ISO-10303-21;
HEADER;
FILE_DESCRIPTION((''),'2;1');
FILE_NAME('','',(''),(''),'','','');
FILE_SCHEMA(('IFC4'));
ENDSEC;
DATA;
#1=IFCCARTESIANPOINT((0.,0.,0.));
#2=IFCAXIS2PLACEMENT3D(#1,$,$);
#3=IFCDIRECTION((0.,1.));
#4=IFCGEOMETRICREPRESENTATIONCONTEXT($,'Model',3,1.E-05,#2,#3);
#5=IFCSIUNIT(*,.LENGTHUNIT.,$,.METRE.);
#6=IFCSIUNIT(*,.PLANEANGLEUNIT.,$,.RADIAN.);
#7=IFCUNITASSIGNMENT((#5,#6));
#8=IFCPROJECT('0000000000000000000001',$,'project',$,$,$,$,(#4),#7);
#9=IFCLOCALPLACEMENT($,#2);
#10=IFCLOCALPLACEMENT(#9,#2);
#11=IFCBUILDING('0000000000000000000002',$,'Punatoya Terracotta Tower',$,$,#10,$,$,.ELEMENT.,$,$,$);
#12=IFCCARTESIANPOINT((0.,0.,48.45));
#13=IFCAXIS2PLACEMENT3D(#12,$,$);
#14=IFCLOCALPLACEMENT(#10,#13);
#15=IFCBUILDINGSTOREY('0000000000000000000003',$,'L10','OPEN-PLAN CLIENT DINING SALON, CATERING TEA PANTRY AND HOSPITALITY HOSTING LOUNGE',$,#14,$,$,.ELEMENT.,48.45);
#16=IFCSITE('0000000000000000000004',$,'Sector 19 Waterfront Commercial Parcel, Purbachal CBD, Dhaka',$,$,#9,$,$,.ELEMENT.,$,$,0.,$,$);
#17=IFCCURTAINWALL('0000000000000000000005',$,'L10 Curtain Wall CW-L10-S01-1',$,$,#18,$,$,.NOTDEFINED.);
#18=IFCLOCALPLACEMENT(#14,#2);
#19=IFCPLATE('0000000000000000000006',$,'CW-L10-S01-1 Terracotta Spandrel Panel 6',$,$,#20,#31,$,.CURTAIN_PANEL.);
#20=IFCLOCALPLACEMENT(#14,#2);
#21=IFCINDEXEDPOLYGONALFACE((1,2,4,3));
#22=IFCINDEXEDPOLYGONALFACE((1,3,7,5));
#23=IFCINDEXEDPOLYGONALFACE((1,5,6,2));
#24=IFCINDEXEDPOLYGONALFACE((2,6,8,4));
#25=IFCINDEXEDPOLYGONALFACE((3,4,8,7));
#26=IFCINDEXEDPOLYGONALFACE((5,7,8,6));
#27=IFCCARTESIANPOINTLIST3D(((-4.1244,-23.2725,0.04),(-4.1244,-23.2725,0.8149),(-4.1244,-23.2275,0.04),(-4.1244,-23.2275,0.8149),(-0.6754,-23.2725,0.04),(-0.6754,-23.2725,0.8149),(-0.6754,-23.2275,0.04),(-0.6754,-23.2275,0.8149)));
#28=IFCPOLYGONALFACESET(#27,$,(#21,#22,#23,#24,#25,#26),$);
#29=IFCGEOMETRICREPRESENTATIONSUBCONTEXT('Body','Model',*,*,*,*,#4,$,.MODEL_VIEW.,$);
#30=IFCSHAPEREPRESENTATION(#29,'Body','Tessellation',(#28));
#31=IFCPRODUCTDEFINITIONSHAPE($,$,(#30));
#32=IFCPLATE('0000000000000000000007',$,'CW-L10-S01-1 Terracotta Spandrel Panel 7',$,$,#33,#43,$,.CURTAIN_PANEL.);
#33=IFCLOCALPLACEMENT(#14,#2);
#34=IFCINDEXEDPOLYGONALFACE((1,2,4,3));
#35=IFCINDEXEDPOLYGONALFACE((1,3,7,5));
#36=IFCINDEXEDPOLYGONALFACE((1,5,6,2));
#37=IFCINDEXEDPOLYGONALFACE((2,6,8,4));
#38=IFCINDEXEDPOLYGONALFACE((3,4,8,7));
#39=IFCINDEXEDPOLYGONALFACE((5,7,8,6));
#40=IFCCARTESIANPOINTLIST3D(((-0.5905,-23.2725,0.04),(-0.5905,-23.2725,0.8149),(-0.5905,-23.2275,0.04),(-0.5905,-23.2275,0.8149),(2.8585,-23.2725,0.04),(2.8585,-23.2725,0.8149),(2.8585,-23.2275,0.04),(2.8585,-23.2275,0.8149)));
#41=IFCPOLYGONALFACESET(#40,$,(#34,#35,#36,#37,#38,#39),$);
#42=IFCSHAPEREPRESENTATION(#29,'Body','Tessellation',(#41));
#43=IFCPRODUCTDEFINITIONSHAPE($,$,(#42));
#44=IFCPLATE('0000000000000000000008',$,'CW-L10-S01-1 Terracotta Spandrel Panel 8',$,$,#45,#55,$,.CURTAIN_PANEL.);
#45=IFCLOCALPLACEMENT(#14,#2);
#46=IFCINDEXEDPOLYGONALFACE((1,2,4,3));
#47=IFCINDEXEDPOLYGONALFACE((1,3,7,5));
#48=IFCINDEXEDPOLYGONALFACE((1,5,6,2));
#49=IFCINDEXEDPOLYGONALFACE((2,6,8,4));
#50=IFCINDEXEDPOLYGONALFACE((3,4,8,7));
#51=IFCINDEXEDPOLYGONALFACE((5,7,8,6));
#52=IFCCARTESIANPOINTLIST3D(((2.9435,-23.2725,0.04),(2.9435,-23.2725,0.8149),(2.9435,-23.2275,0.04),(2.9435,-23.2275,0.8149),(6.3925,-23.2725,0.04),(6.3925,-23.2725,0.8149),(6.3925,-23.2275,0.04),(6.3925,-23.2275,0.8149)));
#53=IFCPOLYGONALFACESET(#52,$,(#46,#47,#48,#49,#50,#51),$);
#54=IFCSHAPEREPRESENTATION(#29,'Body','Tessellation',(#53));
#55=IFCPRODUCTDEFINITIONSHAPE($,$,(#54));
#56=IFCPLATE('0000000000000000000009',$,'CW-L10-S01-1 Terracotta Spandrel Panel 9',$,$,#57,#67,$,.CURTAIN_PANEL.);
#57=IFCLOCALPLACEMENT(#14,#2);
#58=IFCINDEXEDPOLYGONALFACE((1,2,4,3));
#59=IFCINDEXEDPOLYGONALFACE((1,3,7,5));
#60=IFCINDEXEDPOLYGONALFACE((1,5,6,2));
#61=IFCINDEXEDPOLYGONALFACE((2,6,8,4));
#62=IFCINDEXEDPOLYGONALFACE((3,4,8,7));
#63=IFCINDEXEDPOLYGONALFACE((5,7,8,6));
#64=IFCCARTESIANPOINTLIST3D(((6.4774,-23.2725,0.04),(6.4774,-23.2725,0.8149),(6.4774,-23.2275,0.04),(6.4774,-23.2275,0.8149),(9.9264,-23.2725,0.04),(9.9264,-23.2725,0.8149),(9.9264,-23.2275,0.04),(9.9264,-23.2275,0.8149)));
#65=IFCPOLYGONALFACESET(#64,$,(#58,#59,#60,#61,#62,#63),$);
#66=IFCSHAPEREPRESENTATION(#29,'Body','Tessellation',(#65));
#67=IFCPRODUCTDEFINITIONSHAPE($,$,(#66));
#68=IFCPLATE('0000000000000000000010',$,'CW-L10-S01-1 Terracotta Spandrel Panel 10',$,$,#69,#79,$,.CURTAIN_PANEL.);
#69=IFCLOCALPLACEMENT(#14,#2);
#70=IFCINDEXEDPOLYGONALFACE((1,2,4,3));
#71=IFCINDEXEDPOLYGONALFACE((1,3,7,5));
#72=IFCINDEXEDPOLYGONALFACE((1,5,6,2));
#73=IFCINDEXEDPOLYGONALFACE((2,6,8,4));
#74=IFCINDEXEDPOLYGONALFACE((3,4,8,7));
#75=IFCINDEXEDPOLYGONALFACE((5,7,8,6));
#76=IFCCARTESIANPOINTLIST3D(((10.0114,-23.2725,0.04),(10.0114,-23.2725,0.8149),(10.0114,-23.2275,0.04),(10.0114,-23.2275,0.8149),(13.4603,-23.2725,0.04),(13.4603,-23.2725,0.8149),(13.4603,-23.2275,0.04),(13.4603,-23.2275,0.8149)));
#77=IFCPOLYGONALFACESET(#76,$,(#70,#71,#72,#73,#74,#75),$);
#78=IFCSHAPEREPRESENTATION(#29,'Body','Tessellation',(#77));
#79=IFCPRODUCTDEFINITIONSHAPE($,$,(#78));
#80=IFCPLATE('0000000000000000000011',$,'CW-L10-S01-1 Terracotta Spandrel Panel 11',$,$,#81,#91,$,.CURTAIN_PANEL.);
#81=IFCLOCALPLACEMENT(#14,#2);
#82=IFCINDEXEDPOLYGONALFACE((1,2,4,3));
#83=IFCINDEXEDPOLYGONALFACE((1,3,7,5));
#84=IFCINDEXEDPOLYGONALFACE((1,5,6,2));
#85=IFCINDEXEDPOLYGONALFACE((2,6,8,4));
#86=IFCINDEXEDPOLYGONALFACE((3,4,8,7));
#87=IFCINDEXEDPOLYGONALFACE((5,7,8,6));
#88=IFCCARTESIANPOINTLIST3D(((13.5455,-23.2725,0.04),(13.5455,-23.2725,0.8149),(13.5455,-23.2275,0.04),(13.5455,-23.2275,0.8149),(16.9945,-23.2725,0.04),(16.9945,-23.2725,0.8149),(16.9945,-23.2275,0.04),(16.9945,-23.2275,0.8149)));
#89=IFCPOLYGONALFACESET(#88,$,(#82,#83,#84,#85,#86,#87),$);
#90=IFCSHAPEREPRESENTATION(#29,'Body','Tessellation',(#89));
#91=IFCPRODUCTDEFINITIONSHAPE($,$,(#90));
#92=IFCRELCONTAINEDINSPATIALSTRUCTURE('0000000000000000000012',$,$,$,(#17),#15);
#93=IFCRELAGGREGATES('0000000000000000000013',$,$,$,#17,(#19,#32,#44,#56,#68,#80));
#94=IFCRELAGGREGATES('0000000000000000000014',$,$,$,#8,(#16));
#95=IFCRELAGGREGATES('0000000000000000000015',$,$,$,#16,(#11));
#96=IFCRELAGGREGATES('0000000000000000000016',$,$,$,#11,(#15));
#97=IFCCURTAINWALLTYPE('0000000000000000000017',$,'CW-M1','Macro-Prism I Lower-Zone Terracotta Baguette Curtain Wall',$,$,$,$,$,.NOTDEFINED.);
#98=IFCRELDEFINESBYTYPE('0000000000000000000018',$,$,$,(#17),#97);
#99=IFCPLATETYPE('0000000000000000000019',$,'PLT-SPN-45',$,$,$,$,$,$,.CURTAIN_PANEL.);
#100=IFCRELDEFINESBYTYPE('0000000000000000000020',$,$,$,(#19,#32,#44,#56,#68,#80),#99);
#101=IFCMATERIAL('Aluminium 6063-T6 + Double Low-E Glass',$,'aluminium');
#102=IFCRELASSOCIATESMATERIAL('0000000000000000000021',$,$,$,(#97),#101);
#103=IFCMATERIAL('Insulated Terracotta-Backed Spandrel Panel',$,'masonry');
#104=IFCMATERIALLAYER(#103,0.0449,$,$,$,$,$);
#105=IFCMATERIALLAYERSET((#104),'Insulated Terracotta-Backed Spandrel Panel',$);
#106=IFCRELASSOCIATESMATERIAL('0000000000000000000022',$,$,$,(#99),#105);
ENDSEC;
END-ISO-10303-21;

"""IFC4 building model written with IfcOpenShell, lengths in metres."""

from ifc_helpers import new_model, si_unit, direction, frame, origin, origin_2d, place, context, subcontext, project, spatial, rectangle, extrude, material, layer, layer_set, type_object, element, aggregate, save


model = new_model("IFC4")

# Units and contexts
model_context = context("Model", 3, precision=1e-05, world=origin(), true_north=direction((0.0, 1.0)))
body_context = subcontext(model_context, "Body", "Model", "MODEL_VIEW")
ifc_project = project(units=[si_unit("LENGTHUNIT", "METRE"), si_unit("PLANEANGLEUNIT", "RADIAN")], contexts=[model_context])

# Site, building, storey
site_placement = place(None, origin())
site = spatial("IfcSite", under=ifc_project, at=site_placement, Name="Sector 19 Waterfront Commercial Parcel, Purbachal CBD, Dhaka", CompositionType="ELEMENT", RefElevation=0.0)
building_placement = place(site_placement, origin())
building = spatial("IfcBuilding", under=site, at=building_placement, Name="Punatoya Terracotta Tower", CompositionType="ELEMENT")
storey_placement = place(building_placement, frame((0.0, 0.0, 48.45)))
storey = spatial("IfcBuildingStorey", under=building, at=storey_placement, Name="L10", Description="OPEN-PLAN CLIENT DINING SALON, CATERING TEA PANTRY AND HOSPITALITY HOSTING LOUNGE", CompositionType="ELEMENT", Elevation=48.45)

# Curtain wall
ifc_material_1 = material(Name="Aluminium 6063-T6 + Double Low-E Glass", Category="aluminium")
curtain_wall_type = type_object("IfcCurtainWallType", Name="CW-M1", Description="Macro-Prism I Lower-Zone Terracotta Baguette Curtain Wall", PredefinedType="NOTDEFINED", material=ifc_material_1)
curtain_wall_1_placement = place(storey_placement, origin())
curtain_wall_1 = element("IfcCurtainWall", 1, at=curtain_wall_1_placement, inside=storey, type_object=curtain_wall_type, Name="L10 Curtain Wall CW-L10-S01-1", PredefinedType="NOTDEFINED")

# Plates
ifc_material_2 = material(Name="Insulated Terracotta-Backed Spandrel Panel", Category="masonry")
ifc_layer_1 = layer(ifc_material_2, 0.0449)
ifc_layer_set_1 = layer_set([ifc_layer_1], Name="Insulated Terracotta-Backed Spandrel Panel")
plate_type_1 = type_object("IfcPlateType", Name="PLT-SPN-45", PredefinedType="CURTAIN_PANEL", material=ifc_layer_set_1)
plate_1_placement = place(storey_placement, frame((-2.3999, -23.25, 0.04), z_axis=(0.0, 0.0, 1.0), x_axis=(1.0, 0.0, 0.0)))
plate_1 = element("IfcPlate", 2, at=plate_1_placement, type_object=plate_type_1, Name="CW-L10-S01-1 Terracotta Spandrel Panel 6", PredefinedType="CURTAIN_PANEL", context=body_context, shape_type="SweptSolid", body=[
    extrude(rectangle(XDim=3.449, YDim=0.0449, at=origin_2d()), origin(), (0.0, 0.0, 1.0), 0.7749),
])
plate_2_placement = place(storey_placement, frame((1.134, -23.25, 0.04), z_axis=(0.0, 0.0, 1.0), x_axis=(1.0, 0.0, 0.0)))
plate_2 = element("IfcPlate", 3, at=plate_2_placement, type_object=plate_type_1, Name="CW-L10-S01-1 Terracotta Spandrel Panel 7", PredefinedType="CURTAIN_PANEL", context=body_context, shape_type="SweptSolid", body=[
    extrude(rectangle(XDim=3.449, YDim=0.0449, at=origin_2d()), origin(), (0.0, 0.0, 1.0), 0.7749),
])
plate_3_placement = place(storey_placement, frame((4.668, -23.25, 0.04), z_axis=(0.0, 0.0, 1.0), x_axis=(1.0, 0.0, 0.0)))
plate_3 = element("IfcPlate", 4, at=plate_3_placement, type_object=plate_type_1, Name="CW-L10-S01-1 Terracotta Spandrel Panel 8", PredefinedType="CURTAIN_PANEL", context=body_context, shape_type="SweptSolid", body=[
    extrude(rectangle(XDim=3.449, YDim=0.0449, at=origin_2d()), origin(), (0.0, 0.0, 1.0), 0.7749),
])
plate_4_placement = place(storey_placement, frame((8.2019, -23.25, 0.04), z_axis=(0.0, 0.0, 1.0), x_axis=(1.0, 0.0, 0.0)))
plate_4 = element("IfcPlate", 5, at=plate_4_placement, type_object=plate_type_1, Name="CW-L10-S01-1 Terracotta Spandrel Panel 9", PredefinedType="CURTAIN_PANEL", context=body_context, shape_type="SweptSolid", body=[
    extrude(rectangle(XDim=3.449, YDim=0.0449, at=origin_2d()), origin(), (0.0, 0.0, 1.0), 0.7749),
])
plate_5_placement = place(storey_placement, frame((11.7358, -23.25, 0.04), z_axis=(0.0, 0.0, 1.0), x_axis=(1.0, 0.0, 0.0)))
plate_5 = element("IfcPlate", 6, at=plate_5_placement, type_object=plate_type_1, Name="CW-L10-S01-1 Terracotta Spandrel Panel 10", PredefinedType="CURTAIN_PANEL", context=body_context, shape_type="SweptSolid", body=[
    extrude(rectangle(XDim=3.449, YDim=0.0449, at=origin_2d()), origin(), (0.0, 0.0, 1.0), 0.7749),
])
plate_6_placement = place(storey_placement, frame((15.27, -23.25, 0.04), z_axis=(0.0, 0.0, 1.0), x_axis=(1.0, 0.0, 0.0)))
plate_6 = element("IfcPlate", 7, at=plate_6_placement, type_object=plate_type_1, Name="CW-L10-S01-1 Terracotta Spandrel Panel 11", PredefinedType="CURTAIN_PANEL", context=body_context, shape_type="SweptSolid", body=[
    extrude(rectangle(XDim=3.449, YDim=0.0449, at=origin_2d()), origin(), (0.0, 0.0, 1.0), 0.7749),
])
aggregate(curtain_wall_1, [plate_1, plate_2, plate_3, plate_4, plate_5, plate_6])

save(model, "model.ifc")
